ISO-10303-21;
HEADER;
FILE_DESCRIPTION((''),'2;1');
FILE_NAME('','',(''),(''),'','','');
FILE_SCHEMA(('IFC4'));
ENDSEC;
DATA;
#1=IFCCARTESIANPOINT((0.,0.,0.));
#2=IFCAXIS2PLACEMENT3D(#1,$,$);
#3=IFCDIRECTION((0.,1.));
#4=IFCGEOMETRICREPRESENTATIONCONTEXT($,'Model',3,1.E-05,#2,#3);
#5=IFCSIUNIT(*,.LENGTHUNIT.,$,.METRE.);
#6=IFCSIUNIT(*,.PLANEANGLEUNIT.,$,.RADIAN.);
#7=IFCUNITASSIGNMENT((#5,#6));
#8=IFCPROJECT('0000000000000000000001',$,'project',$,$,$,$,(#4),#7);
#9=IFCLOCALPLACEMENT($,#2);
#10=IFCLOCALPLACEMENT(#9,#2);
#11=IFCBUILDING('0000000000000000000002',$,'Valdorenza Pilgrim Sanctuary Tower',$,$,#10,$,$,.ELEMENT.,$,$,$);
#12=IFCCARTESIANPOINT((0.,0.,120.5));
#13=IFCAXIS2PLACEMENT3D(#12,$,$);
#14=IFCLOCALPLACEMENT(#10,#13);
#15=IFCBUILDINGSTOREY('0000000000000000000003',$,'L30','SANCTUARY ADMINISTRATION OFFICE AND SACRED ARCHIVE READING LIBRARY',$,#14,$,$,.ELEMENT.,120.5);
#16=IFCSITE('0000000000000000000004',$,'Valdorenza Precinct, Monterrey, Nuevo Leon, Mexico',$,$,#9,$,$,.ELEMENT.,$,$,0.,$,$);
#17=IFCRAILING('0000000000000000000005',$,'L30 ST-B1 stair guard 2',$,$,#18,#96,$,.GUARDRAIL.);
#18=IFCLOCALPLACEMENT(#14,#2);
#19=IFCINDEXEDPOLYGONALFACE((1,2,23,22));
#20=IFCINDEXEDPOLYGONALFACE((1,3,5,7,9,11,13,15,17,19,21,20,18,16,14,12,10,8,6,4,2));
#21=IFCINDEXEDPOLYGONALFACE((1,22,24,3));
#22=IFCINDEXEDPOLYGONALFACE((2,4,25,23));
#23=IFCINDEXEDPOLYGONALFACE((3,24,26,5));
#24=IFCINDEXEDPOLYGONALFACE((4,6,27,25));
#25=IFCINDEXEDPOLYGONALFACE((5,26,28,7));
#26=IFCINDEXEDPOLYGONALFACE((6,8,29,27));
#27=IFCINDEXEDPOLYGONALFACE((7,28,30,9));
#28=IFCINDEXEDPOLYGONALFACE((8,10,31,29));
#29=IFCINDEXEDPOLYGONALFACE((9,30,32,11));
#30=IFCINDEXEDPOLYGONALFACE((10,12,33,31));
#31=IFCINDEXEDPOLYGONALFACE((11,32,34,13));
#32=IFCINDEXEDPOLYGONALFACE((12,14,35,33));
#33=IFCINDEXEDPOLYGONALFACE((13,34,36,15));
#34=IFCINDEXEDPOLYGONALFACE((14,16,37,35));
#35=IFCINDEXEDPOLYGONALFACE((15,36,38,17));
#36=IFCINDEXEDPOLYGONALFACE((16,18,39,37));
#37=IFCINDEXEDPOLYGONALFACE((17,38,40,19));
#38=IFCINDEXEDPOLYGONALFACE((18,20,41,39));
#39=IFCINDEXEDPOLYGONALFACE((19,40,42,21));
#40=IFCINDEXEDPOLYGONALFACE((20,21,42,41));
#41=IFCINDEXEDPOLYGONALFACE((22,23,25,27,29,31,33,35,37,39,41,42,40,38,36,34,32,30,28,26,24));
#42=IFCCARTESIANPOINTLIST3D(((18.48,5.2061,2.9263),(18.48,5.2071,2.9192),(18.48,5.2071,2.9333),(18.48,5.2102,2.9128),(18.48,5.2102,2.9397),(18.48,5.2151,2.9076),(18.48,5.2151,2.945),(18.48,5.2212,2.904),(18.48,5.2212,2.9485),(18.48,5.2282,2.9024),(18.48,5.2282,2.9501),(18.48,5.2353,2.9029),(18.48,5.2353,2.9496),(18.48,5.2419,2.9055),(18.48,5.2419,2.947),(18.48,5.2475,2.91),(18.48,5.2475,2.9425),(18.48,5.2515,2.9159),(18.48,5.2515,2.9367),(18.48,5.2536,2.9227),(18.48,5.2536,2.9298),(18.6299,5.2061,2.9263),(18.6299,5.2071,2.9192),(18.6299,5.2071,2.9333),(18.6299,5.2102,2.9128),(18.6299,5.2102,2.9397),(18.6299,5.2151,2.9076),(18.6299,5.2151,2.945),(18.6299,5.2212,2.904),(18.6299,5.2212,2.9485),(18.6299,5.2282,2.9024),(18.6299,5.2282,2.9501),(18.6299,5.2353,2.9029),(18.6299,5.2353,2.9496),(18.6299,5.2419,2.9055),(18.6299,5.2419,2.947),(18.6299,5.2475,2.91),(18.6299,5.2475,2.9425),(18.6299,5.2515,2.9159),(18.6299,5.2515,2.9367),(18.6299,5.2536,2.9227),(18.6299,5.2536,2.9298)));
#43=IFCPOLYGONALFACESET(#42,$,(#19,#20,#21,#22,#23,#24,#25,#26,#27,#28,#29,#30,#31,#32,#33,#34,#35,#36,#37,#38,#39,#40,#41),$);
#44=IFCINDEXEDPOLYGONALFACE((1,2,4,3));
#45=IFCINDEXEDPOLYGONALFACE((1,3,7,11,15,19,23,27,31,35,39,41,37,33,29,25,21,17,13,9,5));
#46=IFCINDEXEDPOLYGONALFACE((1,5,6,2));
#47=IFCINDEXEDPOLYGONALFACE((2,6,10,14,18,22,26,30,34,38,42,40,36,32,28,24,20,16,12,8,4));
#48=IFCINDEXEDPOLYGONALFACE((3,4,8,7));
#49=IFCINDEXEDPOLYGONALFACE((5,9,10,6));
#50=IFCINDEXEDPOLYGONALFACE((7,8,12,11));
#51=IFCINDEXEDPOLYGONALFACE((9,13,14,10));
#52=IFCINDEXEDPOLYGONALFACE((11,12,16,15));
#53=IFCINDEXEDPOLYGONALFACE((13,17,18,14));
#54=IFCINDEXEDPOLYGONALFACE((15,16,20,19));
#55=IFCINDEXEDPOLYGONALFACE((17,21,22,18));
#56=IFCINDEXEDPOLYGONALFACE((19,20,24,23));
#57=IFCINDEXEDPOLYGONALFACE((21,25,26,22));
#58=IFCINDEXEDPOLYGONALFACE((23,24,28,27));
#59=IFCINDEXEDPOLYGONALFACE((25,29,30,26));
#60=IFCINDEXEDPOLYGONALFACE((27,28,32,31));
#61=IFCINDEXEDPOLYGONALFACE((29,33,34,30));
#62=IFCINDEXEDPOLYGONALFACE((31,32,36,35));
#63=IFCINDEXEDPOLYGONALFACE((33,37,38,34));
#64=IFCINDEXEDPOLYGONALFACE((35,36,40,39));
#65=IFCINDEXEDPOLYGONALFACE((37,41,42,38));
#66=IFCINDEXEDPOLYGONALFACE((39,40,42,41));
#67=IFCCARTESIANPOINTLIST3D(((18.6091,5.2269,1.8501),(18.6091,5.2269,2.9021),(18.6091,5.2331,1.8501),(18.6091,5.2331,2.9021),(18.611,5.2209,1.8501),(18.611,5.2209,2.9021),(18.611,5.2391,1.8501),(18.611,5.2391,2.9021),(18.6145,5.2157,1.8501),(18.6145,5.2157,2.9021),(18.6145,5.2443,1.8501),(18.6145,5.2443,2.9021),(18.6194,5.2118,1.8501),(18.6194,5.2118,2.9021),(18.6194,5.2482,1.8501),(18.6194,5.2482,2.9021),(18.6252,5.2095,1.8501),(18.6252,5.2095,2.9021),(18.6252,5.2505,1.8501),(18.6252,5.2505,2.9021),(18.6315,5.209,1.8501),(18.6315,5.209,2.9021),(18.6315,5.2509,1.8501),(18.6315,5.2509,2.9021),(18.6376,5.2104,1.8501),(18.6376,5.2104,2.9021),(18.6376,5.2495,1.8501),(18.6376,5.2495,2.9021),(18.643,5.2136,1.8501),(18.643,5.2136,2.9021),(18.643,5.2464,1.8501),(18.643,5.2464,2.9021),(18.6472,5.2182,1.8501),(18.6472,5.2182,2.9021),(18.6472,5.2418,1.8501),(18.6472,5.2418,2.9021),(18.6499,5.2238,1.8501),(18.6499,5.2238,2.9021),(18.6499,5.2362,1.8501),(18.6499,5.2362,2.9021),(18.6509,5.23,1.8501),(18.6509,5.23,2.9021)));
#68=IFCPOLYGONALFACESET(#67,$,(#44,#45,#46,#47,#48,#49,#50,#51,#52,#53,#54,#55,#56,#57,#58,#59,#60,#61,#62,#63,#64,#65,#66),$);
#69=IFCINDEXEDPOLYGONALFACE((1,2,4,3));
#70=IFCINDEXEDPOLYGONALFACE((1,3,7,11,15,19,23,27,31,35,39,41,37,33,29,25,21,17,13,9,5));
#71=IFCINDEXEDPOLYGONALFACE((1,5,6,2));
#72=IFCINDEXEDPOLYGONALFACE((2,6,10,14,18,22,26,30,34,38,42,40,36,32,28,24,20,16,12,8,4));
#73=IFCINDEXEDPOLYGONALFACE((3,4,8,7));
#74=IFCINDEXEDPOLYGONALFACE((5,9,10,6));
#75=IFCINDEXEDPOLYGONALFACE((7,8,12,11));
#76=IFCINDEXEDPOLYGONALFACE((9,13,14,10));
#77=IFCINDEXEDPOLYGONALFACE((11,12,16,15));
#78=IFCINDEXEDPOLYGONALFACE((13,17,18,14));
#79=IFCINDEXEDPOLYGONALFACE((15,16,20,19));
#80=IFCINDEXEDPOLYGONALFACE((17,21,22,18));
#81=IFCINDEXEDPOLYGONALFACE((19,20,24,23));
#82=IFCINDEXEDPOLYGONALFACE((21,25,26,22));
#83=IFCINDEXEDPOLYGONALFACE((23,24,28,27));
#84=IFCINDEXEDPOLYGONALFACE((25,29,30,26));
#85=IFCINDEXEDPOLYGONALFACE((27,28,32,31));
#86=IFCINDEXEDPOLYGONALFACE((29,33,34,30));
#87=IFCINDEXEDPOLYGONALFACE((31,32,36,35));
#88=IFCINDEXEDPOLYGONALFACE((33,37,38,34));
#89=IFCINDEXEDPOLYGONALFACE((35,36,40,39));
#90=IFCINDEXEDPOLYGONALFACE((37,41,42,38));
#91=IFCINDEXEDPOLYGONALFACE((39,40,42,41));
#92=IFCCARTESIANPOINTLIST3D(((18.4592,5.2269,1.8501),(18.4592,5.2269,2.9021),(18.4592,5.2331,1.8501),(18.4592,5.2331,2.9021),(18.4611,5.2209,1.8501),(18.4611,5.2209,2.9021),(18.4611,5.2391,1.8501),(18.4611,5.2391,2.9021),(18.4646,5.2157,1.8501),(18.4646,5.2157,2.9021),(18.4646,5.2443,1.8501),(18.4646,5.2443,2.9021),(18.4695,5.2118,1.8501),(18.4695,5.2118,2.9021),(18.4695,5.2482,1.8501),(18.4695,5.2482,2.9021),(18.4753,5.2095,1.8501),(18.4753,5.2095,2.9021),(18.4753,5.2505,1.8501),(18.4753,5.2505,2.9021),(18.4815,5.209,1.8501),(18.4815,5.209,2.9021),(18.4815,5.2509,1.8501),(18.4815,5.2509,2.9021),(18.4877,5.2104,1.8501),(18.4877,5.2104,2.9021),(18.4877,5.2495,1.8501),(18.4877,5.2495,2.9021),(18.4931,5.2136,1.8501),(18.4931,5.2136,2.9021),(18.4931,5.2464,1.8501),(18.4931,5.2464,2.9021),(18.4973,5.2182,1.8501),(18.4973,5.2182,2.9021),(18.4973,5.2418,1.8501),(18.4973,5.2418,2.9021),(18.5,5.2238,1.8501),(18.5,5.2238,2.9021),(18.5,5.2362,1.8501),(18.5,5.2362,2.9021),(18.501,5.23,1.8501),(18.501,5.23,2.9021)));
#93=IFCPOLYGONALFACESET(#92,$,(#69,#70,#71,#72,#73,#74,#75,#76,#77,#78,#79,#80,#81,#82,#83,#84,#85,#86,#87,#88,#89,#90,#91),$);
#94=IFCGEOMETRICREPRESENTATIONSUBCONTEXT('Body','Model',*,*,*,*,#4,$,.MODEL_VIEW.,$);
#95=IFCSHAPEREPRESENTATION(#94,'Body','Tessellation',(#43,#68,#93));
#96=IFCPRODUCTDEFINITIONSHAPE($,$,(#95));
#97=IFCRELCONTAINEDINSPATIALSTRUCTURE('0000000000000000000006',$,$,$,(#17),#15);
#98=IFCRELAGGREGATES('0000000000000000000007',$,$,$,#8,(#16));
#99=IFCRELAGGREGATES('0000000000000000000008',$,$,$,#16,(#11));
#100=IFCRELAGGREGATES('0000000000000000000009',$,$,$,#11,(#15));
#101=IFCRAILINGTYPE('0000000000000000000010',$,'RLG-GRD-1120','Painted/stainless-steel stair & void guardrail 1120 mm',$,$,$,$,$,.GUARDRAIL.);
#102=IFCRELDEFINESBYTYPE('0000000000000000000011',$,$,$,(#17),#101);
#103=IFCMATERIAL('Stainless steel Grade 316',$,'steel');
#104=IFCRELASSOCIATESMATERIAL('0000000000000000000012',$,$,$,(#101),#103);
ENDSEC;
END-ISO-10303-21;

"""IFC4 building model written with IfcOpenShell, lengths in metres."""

from ifc_helpers import new_model, si_unit, direction, frame, origin, origin_2d, place, context, subcontext, project, spatial, circle, extrude, material, type_object, element, save


model = new_model("IFC4")

# Units and contexts
model_context = context("Model", 3, precision=1e-05, world=origin(), true_north=direction((0.0, 1.0)))
body_context = subcontext(model_context, "Body", "Model", "MODEL_VIEW")
ifc_project = project(units=[si_unit("LENGTHUNIT", "METRE"), si_unit("PLANEANGLEUNIT", "RADIAN")], contexts=[model_context])

# Site, building, storey
site_placement = place(None, origin())
site = spatial("IfcSite", under=ifc_project, at=site_placement, Name="Valdorenza Precinct, Monterrey, Nuevo Leon, Mexico", CompositionType="ELEMENT", RefElevation=0.0)
building_placement = place(site_placement, origin())
building = spatial("IfcBuilding", under=site, at=building_placement, Name="Valdorenza Pilgrim Sanctuary Tower", CompositionType="ELEMENT")
storey_placement = place(building_placement, frame((0.0, 0.0, 120.5)))
storey = spatial("IfcBuildingStorey", under=building, at=storey_placement, Name="L30", Description="SANCTUARY ADMINISTRATION OFFICE AND SACRED ARCHIVE READING LIBRARY", CompositionType="ELEMENT", Elevation=120.5)

# Railing
ifc_material_1 = material(Name="Stainless steel Grade 316", Category="steel")
railing_type_1 = type_object("IfcRailingType", Name="RLG-GRD-1120", Description="Painted/stainless-steel stair & void guardrail 1120 mm", PredefinedType="GUARDRAIL", material=ifc_material_1)
railing_1_placement = place(storey_placement, frame((18.6299, 5.23, 1.8501)))
element("IfcRailing", 1, at=railing_1_placement, inside=storey, type_object=railing_type_1, Name="L30 ST-B1 stair guard 2", PredefinedType="GUARDRAIL", context=body_context, shape_type="SweptSolid", body=[
    extrude(circle(Radius=0.0239, at=origin_2d()), frame((0.0, 0.0, 1.0762), z_axis=(-1.0, 0.0, 0.0), x_axis=(0.0, -1.0, 0.0)), (0.0, 0.0, 1.0), 0.1499),
    extrude(circle(Radius=0.021, at=origin_2d()), origin(), (0.0, 0.0, 1.0), 1.052),
    extrude(circle(Radius=0.021, at=origin_2d()), frame((-0.1499, 0.0, 0.0)), (0.0, 0.0, 1.0), 1.052),
])

save(model, "model.ifc")
